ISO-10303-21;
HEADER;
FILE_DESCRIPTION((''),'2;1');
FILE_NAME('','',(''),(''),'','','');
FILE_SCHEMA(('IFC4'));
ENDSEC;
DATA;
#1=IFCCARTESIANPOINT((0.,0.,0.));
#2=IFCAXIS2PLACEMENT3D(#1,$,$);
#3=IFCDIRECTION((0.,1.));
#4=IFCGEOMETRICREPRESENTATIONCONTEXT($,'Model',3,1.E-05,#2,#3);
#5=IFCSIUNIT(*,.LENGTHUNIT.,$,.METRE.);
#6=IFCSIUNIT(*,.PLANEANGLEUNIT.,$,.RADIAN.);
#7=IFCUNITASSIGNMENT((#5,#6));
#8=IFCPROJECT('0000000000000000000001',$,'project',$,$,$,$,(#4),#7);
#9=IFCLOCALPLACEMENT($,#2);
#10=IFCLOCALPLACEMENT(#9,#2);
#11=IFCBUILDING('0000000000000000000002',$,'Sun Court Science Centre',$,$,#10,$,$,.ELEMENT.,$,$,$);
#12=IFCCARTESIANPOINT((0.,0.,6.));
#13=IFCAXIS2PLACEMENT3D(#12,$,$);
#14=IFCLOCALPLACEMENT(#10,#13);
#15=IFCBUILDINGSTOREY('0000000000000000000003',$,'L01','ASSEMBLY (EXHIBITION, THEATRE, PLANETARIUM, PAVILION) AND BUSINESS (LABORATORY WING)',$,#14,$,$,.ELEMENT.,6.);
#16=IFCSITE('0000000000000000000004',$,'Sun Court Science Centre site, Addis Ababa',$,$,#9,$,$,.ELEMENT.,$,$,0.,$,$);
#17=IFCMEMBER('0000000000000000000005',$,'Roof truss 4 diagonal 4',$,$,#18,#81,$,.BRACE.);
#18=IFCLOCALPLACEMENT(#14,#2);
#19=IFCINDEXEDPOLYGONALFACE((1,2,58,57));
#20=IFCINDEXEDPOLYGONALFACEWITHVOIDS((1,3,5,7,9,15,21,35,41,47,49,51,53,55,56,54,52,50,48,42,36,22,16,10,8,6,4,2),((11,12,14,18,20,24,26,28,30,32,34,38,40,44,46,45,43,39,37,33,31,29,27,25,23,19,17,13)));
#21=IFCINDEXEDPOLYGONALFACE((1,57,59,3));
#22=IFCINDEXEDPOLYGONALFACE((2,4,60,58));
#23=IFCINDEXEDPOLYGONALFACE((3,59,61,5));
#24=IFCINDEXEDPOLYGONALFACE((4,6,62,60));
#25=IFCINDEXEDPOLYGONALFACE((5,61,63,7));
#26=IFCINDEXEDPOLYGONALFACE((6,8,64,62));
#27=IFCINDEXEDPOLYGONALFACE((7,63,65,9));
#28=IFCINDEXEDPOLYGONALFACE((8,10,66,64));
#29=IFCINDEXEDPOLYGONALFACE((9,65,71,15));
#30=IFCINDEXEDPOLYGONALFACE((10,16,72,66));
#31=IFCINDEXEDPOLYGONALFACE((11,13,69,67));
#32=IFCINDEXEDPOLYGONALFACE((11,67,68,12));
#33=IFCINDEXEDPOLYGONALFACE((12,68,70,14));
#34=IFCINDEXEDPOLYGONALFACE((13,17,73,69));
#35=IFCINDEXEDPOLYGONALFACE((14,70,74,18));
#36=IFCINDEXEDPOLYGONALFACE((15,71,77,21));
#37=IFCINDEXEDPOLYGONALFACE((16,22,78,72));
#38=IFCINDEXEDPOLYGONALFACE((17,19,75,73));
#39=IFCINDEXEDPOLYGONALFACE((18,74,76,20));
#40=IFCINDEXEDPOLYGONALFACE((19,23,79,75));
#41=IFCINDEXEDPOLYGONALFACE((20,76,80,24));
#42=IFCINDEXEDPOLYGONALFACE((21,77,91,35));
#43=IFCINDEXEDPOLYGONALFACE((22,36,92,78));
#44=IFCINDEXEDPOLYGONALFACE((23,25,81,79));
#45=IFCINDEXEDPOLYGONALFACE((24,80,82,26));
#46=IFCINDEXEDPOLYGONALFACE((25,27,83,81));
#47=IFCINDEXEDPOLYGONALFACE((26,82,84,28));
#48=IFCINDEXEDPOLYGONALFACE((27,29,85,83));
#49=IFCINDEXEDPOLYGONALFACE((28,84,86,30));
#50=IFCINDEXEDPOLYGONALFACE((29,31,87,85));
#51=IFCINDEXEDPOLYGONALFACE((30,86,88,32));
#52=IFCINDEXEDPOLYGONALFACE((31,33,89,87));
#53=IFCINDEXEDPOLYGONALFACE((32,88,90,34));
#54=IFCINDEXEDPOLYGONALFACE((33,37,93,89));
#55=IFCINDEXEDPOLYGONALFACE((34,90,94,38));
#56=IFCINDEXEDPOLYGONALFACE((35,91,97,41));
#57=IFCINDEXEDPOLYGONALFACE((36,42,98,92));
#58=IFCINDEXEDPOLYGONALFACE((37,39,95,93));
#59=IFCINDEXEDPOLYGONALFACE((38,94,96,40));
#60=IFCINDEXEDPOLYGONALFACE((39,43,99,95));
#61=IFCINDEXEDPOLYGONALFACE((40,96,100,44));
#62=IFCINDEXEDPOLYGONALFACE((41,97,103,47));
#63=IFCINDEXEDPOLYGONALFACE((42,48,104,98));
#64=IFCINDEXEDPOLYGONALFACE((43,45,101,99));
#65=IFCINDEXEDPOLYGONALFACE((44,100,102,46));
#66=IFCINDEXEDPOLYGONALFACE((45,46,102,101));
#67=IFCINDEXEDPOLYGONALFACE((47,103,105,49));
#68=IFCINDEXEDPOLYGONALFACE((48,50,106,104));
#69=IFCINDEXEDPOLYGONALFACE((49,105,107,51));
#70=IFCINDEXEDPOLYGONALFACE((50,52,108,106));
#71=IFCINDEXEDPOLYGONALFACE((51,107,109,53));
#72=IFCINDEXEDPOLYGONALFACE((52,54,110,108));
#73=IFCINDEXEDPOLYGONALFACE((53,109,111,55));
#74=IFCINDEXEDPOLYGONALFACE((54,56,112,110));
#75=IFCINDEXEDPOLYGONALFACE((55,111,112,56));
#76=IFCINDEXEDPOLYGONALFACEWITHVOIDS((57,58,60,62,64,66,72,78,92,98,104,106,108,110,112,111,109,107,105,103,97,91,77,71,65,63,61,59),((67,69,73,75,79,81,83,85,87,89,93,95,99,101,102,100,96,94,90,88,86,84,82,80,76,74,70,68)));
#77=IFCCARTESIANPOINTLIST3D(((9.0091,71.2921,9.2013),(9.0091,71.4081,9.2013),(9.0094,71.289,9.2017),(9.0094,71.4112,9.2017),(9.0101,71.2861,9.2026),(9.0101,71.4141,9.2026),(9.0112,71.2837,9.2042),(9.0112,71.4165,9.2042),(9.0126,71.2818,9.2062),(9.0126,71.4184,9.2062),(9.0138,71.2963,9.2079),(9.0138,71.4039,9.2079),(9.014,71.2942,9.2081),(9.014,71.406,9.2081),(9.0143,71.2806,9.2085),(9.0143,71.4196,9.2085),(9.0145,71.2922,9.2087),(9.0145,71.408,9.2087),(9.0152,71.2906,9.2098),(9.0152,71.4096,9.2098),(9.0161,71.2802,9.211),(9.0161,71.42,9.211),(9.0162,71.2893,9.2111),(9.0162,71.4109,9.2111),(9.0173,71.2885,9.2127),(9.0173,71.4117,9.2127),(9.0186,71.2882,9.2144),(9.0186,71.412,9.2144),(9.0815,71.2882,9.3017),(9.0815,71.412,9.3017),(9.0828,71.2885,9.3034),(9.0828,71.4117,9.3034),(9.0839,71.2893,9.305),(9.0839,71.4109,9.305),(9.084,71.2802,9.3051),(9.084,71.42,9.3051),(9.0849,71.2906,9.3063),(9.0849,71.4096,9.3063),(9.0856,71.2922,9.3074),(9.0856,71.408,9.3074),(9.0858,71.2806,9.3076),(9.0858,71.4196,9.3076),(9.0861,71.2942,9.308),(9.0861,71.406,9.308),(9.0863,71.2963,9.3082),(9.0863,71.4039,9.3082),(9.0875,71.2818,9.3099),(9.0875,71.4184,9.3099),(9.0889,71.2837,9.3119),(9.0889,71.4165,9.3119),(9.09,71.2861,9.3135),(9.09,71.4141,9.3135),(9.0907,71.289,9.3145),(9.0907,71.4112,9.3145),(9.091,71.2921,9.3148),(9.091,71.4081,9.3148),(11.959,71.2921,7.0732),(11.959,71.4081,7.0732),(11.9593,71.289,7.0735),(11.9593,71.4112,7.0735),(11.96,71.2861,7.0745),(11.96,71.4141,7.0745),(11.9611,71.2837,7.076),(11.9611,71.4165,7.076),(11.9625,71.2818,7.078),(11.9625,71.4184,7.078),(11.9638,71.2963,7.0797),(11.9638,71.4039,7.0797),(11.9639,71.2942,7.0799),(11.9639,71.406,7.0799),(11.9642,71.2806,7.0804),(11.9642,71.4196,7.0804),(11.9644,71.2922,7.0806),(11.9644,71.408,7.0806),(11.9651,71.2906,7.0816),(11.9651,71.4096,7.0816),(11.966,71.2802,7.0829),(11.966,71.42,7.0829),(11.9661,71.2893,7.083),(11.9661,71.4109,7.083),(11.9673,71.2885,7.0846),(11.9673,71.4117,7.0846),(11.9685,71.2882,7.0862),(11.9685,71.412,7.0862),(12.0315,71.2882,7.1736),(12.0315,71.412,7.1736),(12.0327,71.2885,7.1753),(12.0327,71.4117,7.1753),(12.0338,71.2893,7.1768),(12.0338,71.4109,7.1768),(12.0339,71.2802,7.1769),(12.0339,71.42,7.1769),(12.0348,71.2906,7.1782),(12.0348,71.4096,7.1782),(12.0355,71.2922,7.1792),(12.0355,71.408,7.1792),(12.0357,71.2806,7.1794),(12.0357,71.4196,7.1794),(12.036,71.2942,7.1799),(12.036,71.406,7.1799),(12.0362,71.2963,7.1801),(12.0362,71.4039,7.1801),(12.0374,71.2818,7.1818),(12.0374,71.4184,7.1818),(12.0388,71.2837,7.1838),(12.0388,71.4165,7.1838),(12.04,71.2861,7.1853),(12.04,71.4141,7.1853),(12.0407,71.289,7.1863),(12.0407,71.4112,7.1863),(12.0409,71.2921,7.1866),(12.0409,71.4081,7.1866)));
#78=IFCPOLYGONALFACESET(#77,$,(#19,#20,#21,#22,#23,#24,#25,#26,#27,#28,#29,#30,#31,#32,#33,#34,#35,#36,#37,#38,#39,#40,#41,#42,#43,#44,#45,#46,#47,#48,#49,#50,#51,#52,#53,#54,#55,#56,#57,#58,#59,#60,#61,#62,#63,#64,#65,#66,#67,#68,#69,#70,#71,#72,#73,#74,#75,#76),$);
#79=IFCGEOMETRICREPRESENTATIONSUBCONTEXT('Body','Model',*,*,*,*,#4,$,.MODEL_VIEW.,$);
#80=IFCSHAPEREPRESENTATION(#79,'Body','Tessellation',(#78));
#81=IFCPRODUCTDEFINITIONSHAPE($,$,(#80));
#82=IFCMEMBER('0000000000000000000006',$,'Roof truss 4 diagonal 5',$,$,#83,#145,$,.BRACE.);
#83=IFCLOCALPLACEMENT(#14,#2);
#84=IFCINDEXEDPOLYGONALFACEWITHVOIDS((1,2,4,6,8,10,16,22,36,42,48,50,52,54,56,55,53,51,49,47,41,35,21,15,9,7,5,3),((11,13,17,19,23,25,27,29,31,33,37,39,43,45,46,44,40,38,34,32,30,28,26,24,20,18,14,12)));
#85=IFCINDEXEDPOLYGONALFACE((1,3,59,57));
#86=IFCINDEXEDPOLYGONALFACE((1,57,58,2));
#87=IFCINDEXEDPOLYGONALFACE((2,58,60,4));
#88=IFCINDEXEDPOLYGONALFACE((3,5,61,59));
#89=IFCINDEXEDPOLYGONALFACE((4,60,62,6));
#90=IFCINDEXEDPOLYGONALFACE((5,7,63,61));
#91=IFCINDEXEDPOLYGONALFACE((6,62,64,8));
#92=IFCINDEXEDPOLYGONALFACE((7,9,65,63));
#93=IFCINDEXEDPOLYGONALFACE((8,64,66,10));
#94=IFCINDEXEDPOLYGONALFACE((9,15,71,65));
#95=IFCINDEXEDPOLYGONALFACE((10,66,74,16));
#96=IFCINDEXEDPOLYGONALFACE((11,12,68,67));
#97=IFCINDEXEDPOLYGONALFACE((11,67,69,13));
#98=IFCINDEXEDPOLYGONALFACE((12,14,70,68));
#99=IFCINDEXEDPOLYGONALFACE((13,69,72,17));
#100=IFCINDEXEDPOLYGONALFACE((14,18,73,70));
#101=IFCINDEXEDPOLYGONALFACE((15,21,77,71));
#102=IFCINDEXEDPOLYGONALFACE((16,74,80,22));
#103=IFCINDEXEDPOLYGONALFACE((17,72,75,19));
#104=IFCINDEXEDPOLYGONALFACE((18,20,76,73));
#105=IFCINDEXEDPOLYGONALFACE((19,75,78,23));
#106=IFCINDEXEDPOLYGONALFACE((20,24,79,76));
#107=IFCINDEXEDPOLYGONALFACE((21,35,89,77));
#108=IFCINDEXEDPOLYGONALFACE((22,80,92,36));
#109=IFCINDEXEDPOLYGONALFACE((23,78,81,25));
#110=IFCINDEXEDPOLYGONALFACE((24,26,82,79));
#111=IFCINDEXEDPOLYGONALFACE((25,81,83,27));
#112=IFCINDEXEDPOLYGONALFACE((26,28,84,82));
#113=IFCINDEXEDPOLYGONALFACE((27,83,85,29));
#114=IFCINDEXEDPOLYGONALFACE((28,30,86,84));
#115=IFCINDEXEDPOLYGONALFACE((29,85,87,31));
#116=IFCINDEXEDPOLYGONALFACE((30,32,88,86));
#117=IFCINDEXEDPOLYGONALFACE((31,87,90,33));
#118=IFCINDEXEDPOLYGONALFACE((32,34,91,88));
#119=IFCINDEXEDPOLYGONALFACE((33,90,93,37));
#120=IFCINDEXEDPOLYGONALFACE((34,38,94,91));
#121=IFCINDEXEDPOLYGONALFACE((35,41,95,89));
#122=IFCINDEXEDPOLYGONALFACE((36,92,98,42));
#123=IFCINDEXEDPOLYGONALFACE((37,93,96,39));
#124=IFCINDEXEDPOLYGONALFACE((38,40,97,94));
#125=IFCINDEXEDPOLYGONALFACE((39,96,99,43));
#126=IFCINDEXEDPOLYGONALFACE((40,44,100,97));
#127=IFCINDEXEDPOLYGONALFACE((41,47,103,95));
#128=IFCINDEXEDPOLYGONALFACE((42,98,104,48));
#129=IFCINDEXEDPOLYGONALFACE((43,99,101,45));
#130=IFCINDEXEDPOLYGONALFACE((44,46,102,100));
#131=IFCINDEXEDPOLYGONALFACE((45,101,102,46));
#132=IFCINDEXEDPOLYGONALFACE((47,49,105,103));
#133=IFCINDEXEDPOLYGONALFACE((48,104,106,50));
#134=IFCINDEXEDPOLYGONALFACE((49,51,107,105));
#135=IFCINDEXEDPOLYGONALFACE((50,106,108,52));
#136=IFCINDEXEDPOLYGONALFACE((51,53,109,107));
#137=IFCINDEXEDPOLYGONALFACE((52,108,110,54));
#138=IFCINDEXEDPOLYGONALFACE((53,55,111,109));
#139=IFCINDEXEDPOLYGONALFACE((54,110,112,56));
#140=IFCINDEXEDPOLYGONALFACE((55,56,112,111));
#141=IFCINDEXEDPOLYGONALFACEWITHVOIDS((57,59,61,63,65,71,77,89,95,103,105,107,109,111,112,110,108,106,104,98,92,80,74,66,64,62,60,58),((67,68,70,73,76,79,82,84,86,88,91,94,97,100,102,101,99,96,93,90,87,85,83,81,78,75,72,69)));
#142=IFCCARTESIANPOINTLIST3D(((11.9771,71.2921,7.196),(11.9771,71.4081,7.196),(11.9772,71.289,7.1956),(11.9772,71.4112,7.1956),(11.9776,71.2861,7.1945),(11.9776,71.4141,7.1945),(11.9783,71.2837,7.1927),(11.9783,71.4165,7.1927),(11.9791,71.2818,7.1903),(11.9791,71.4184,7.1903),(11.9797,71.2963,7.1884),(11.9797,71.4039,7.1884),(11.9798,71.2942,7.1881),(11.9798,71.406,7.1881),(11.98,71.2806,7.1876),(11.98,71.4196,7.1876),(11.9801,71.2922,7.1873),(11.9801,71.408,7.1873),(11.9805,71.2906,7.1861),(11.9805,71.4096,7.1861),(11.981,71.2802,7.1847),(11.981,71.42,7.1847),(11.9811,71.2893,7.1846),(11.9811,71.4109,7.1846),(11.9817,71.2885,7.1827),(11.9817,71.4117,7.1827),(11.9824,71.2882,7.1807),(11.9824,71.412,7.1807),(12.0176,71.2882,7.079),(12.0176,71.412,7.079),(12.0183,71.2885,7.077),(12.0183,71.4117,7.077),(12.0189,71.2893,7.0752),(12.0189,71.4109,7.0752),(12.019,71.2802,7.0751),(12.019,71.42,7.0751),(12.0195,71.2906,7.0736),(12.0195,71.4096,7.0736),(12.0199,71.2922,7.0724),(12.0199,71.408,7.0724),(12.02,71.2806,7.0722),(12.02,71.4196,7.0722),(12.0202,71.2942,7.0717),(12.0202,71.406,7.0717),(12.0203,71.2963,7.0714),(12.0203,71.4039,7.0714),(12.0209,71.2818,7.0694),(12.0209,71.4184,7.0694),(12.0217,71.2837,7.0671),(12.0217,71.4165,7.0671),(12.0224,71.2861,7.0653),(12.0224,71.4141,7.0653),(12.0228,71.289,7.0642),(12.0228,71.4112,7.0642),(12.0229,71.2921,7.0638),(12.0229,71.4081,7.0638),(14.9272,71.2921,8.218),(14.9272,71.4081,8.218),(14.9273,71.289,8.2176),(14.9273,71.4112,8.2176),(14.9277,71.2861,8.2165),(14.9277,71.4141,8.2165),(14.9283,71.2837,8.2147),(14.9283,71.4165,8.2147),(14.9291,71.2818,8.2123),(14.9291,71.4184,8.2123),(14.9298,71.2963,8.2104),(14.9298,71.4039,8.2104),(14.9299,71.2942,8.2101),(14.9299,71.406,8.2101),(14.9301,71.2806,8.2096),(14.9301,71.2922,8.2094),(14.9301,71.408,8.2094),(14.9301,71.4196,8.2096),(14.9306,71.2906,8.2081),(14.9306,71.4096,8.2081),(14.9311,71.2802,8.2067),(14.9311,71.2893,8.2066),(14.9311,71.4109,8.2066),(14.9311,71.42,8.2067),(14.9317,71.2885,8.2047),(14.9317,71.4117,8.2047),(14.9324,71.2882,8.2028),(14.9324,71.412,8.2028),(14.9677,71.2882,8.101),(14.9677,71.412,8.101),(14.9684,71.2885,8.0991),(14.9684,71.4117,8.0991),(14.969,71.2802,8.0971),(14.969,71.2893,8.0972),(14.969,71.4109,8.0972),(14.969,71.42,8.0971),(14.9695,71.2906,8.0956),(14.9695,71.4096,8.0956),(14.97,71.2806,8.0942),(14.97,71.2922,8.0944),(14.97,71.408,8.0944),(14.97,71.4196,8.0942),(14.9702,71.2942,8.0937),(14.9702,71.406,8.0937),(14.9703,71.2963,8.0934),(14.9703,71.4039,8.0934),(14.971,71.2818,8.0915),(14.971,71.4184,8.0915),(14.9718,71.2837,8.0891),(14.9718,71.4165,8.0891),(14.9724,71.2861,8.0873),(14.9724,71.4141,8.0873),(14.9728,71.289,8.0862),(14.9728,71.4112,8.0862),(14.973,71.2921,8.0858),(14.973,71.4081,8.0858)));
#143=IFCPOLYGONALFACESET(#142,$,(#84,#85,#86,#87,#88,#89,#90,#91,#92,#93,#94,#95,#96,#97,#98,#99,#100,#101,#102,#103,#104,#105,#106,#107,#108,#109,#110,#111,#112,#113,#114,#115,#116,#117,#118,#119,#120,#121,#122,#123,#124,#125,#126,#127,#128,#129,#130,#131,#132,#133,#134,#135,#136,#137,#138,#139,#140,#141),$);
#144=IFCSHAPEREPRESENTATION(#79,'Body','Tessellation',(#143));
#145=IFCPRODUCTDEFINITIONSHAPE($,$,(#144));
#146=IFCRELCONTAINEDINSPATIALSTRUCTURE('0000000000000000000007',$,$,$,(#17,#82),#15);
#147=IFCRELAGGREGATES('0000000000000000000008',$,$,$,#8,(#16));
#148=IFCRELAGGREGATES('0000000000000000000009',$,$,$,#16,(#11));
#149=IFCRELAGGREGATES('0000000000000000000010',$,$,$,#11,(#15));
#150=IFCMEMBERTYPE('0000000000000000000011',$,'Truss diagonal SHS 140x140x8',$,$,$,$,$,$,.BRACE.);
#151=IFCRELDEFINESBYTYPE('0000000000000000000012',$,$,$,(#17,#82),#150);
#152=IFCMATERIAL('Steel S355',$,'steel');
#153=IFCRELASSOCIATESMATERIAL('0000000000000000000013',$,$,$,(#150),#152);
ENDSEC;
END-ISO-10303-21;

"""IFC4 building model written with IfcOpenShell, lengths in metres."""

from ifc_helpers import new_model, si_unit, direction, frame, origin, origin_2d, place, context, subcontext, project, spatial, hollow_rectangle, extrude, material, material_profile, profile_set, type_object, element, save


model = new_model("IFC4")

# Units and contexts
model_context = context("Model", 3, precision=1e-05, world=origin(), true_north=direction((0.0, 1.0)))
body_context = subcontext(model_context, "Body", "Model", "MODEL_VIEW")
ifc_project = project(units=[si_unit("LENGTHUNIT", "METRE"), si_unit("PLANEANGLEUNIT", "RADIAN")], contexts=[model_context])

# Site, building, storey
site_placement = place(None, origin())
site = spatial("IfcSite", under=ifc_project, at=site_placement, Name="Sun Court Science Centre site, Addis Ababa", CompositionType="ELEMENT", RefElevation=0.0)
building_placement = place(site_placement, origin())
building = spatial("IfcBuilding", under=site, at=building_placement, Name="Sun Court Science Centre", CompositionType="ELEMENT")
storey_placement = place(building_placement, frame((0.0, 0.0, 6.0)))
storey = spatial("IfcBuildingStorey", under=building, at=storey_placement, Name="L01", Description="ASSEMBLY (EXHIBITION, THEATRE, PLANETARIUM, PAVILION) AND BUSINESS (LABORATORY WING)", CompositionType="ELEMENT", Elevation=6.0)

# Members
ifc_material_1 = material(Name="Steel S355", Category="steel")
ifc_material_profile_1 = material_profile(ifc_material_1, hollow_rectangle(XDim=0.1399, YDim=0.1399, WallThickness=0.0081, InnerFilletRadius=0.0081, OuterFilletRadius=0.012, at=origin_2d()), Name="SHS 140x140x8")
ifc_profile_set_1 = profile_set([ifc_material_profile_1], Name="Steel S355")
member_type_1 = type_object("IfcMemberType", Name="Truss diagonal SHS 140x140x8", PredefinedType="BRACE", material=ifc_profile_set_1)
member_1_placement = place(storey_placement, frame((9.05, 71.3501, 9.2581), z_axis=(0.810985, 0.0, -0.585067), x_axis=(0.0, 1.0, 0.0)))
element("IfcMember", 1, at=member_1_placement, inside=storey, type_object=member_type_1, Name="Roof truss 4 diagonal 4", PredefinedType="BRACE", context=body_context, shape_type="SweptSolid", body=[
    extrude(hollow_rectangle(XDim=0.1399, YDim=0.1399, WallThickness=0.0081, InnerFilletRadius=0.0081, OuterFilletRadius=0.012, at=origin_2d()), origin(), (0.0, 0.0, 1.0), 3.6375),
])
member_2_placement = place(storey_placement, frame((12.0, 71.3501, 7.1299), z_axis=(0.944903, 0.0, 0.32735), x_axis=(0.0, 1.0, 0.0)))
element("IfcMember", 2, at=member_2_placement, inside=storey, type_object=member_type_1, Name="Roof truss 4 diagonal 5", PredefinedType="BRACE", context=body_context, shape_type="SweptSolid", body=[
    extrude(hollow_rectangle(XDim=0.1399, YDim=0.1399, WallThickness=0.0081, InnerFilletRadius=0.0081, OuterFilletRadius=0.012, at=origin_2d()), origin(), (0.0, 0.0, 1.0), 3.1221),
])

save(model, "model.ifc")
